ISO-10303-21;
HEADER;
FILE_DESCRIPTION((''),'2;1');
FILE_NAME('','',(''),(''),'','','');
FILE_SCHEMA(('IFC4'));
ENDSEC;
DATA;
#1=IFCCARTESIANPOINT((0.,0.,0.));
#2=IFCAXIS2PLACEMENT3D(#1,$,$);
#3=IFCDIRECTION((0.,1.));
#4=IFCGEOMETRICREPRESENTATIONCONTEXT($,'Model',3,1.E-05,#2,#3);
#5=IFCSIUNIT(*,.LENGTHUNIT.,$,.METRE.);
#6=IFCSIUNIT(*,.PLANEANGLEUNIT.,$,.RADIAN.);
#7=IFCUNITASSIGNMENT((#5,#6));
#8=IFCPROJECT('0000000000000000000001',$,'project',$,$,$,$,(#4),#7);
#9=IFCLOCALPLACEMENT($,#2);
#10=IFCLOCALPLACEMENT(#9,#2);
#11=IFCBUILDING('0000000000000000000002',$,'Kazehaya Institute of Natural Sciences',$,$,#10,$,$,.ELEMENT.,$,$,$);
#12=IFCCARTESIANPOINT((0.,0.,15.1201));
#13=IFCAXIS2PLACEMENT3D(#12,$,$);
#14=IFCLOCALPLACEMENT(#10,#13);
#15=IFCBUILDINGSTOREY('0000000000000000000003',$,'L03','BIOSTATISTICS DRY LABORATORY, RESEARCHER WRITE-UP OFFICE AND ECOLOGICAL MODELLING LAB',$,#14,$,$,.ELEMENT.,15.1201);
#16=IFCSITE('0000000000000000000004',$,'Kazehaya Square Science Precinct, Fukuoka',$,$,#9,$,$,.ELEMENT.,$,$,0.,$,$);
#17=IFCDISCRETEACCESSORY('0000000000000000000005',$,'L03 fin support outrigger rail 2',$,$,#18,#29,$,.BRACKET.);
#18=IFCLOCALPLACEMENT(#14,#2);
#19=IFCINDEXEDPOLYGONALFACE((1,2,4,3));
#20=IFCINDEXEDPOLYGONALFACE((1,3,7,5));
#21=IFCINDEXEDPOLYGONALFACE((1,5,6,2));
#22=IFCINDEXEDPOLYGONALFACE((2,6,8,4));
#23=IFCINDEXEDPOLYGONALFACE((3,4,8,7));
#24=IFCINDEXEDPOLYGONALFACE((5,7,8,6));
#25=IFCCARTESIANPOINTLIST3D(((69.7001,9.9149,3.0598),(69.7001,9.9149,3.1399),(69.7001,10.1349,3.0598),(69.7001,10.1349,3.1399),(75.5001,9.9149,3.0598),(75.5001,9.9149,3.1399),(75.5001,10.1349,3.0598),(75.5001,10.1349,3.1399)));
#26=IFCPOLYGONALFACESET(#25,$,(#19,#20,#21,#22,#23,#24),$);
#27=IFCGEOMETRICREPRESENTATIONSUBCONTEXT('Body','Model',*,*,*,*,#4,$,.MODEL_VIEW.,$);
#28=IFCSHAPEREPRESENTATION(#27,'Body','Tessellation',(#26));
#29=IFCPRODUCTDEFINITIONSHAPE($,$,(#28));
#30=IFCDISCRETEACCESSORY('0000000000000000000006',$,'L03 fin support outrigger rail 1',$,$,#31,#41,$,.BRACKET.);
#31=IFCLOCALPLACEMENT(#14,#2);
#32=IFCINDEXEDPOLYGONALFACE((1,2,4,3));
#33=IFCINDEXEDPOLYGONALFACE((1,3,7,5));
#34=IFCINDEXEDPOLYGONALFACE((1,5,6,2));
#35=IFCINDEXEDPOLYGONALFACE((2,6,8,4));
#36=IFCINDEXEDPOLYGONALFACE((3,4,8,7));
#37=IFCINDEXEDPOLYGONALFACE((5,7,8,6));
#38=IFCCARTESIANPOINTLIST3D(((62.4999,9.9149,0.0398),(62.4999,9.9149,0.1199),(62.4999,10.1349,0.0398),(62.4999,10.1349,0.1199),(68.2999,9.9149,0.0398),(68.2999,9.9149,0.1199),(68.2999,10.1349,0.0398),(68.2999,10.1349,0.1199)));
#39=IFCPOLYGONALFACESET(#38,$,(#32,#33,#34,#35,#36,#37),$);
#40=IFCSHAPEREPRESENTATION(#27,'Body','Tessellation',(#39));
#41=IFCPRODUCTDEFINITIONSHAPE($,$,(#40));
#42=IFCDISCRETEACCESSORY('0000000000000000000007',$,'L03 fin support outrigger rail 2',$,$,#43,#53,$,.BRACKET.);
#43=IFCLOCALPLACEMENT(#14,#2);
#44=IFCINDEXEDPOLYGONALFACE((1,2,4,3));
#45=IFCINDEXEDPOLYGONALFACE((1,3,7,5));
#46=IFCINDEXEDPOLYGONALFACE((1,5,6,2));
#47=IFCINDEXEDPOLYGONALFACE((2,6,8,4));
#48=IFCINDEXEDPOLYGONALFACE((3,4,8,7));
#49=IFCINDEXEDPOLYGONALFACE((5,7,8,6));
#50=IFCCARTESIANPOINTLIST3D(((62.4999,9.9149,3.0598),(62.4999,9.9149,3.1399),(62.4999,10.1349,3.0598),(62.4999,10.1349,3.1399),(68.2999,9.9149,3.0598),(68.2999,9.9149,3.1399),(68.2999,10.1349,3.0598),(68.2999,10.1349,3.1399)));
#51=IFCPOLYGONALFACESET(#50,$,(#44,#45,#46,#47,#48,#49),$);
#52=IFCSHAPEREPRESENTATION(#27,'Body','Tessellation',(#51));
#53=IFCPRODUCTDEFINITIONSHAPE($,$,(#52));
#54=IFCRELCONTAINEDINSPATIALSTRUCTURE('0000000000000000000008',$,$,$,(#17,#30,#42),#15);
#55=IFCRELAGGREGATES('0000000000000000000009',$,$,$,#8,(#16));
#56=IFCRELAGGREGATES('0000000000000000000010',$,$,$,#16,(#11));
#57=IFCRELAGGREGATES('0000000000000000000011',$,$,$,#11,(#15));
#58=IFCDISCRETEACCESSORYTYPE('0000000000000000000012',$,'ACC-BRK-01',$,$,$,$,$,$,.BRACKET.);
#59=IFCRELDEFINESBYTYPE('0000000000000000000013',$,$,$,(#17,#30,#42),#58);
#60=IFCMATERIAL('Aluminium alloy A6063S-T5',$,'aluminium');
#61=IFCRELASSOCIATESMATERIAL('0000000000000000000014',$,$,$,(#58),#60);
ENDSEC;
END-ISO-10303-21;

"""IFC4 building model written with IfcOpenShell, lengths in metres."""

from ifc_helpers import new_model, si_unit, direction, frame, origin, origin_2d, place, context, subcontext, project, spatial, rectangle, extrude, material, type_object, element, save


model = new_model("IFC4")

# Units and contexts
model_context = context("Model", 3, precision=1e-05, world=origin(), true_north=direction((0.0, 1.0)))
body_context = subcontext(model_context, "Body", "Model", "MODEL_VIEW")
ifc_project = project(units=[si_unit("LENGTHUNIT", "METRE"), si_unit("PLANEANGLEUNIT", "RADIAN")], contexts=[model_context])

# Site, building, storey
site_placement = place(None, origin())
site = spatial("IfcSite", under=ifc_project, at=site_placement, Name="Kazehaya Square Science Precinct, Fukuoka", CompositionType="ELEMENT", RefElevation=0.0)
building_placement = place(site_placement, origin())
building = spatial("IfcBuilding", under=site, at=building_placement, Name="Kazehaya Institute of Natural Sciences", CompositionType="ELEMENT")
storey_placement = place(building_placement, frame((0.0, 0.0, 15.1201)))
storey = spatial("IfcBuildingStorey", under=building, at=storey_placement, Name="L03", Description="BIOSTATISTICS DRY LABORATORY, RESEARCHER WRITE-UP OFFICE AND ECOLOGICAL MODELLING LAB", CompositionType="ELEMENT", Elevation=15.1201)

# Shared definitions
ifc_material_1 = material(Name="Aluminium alloy A6063S-T5", Category="aluminium")

# Discrete accessories
discrete_accessory_type = type_object("IfcDiscreteAccessoryType", Name="ACC-BRK-01", PredefinedType="BRACKET", material=ifc_material_1)
for number, where, z_axis, x_axis, name in (
    (1, (72.6001, 10.0249, 3.0598), (0.0, 0.0, 1.0), (-1.0, 0.0, 0.0), "L03 fin support outrigger rail 2"),
    (2, (65.3999, 10.0249, 0.0398), (0.0, 0.0, 1.0), (-1.0, 0.0, 0.0), "L03 fin support outrigger rail 1"),
    (3, (65.3999, 10.0249, 3.0598), (0.0, 0.0, 1.0), (-1.0, 0.0, 0.0), "L03 fin support outrigger rail 2"),
):
    element("IfcDiscreteAccessory", number, at=place(storey_placement, frame(where, z_axis=z_axis, x_axis=x_axis)), inside=storey, type_object=discrete_accessory_type, Name=name, PredefinedType="BRACKET", context=body_context, shape_type="SweptSolid", body=[
        extrude(rectangle(XDim=5.8, YDim=0.22, at=origin_2d()), origin(), (0.0, 0.0, 1.0), 0.0801),
    ])

save(model, "model.ifc")
